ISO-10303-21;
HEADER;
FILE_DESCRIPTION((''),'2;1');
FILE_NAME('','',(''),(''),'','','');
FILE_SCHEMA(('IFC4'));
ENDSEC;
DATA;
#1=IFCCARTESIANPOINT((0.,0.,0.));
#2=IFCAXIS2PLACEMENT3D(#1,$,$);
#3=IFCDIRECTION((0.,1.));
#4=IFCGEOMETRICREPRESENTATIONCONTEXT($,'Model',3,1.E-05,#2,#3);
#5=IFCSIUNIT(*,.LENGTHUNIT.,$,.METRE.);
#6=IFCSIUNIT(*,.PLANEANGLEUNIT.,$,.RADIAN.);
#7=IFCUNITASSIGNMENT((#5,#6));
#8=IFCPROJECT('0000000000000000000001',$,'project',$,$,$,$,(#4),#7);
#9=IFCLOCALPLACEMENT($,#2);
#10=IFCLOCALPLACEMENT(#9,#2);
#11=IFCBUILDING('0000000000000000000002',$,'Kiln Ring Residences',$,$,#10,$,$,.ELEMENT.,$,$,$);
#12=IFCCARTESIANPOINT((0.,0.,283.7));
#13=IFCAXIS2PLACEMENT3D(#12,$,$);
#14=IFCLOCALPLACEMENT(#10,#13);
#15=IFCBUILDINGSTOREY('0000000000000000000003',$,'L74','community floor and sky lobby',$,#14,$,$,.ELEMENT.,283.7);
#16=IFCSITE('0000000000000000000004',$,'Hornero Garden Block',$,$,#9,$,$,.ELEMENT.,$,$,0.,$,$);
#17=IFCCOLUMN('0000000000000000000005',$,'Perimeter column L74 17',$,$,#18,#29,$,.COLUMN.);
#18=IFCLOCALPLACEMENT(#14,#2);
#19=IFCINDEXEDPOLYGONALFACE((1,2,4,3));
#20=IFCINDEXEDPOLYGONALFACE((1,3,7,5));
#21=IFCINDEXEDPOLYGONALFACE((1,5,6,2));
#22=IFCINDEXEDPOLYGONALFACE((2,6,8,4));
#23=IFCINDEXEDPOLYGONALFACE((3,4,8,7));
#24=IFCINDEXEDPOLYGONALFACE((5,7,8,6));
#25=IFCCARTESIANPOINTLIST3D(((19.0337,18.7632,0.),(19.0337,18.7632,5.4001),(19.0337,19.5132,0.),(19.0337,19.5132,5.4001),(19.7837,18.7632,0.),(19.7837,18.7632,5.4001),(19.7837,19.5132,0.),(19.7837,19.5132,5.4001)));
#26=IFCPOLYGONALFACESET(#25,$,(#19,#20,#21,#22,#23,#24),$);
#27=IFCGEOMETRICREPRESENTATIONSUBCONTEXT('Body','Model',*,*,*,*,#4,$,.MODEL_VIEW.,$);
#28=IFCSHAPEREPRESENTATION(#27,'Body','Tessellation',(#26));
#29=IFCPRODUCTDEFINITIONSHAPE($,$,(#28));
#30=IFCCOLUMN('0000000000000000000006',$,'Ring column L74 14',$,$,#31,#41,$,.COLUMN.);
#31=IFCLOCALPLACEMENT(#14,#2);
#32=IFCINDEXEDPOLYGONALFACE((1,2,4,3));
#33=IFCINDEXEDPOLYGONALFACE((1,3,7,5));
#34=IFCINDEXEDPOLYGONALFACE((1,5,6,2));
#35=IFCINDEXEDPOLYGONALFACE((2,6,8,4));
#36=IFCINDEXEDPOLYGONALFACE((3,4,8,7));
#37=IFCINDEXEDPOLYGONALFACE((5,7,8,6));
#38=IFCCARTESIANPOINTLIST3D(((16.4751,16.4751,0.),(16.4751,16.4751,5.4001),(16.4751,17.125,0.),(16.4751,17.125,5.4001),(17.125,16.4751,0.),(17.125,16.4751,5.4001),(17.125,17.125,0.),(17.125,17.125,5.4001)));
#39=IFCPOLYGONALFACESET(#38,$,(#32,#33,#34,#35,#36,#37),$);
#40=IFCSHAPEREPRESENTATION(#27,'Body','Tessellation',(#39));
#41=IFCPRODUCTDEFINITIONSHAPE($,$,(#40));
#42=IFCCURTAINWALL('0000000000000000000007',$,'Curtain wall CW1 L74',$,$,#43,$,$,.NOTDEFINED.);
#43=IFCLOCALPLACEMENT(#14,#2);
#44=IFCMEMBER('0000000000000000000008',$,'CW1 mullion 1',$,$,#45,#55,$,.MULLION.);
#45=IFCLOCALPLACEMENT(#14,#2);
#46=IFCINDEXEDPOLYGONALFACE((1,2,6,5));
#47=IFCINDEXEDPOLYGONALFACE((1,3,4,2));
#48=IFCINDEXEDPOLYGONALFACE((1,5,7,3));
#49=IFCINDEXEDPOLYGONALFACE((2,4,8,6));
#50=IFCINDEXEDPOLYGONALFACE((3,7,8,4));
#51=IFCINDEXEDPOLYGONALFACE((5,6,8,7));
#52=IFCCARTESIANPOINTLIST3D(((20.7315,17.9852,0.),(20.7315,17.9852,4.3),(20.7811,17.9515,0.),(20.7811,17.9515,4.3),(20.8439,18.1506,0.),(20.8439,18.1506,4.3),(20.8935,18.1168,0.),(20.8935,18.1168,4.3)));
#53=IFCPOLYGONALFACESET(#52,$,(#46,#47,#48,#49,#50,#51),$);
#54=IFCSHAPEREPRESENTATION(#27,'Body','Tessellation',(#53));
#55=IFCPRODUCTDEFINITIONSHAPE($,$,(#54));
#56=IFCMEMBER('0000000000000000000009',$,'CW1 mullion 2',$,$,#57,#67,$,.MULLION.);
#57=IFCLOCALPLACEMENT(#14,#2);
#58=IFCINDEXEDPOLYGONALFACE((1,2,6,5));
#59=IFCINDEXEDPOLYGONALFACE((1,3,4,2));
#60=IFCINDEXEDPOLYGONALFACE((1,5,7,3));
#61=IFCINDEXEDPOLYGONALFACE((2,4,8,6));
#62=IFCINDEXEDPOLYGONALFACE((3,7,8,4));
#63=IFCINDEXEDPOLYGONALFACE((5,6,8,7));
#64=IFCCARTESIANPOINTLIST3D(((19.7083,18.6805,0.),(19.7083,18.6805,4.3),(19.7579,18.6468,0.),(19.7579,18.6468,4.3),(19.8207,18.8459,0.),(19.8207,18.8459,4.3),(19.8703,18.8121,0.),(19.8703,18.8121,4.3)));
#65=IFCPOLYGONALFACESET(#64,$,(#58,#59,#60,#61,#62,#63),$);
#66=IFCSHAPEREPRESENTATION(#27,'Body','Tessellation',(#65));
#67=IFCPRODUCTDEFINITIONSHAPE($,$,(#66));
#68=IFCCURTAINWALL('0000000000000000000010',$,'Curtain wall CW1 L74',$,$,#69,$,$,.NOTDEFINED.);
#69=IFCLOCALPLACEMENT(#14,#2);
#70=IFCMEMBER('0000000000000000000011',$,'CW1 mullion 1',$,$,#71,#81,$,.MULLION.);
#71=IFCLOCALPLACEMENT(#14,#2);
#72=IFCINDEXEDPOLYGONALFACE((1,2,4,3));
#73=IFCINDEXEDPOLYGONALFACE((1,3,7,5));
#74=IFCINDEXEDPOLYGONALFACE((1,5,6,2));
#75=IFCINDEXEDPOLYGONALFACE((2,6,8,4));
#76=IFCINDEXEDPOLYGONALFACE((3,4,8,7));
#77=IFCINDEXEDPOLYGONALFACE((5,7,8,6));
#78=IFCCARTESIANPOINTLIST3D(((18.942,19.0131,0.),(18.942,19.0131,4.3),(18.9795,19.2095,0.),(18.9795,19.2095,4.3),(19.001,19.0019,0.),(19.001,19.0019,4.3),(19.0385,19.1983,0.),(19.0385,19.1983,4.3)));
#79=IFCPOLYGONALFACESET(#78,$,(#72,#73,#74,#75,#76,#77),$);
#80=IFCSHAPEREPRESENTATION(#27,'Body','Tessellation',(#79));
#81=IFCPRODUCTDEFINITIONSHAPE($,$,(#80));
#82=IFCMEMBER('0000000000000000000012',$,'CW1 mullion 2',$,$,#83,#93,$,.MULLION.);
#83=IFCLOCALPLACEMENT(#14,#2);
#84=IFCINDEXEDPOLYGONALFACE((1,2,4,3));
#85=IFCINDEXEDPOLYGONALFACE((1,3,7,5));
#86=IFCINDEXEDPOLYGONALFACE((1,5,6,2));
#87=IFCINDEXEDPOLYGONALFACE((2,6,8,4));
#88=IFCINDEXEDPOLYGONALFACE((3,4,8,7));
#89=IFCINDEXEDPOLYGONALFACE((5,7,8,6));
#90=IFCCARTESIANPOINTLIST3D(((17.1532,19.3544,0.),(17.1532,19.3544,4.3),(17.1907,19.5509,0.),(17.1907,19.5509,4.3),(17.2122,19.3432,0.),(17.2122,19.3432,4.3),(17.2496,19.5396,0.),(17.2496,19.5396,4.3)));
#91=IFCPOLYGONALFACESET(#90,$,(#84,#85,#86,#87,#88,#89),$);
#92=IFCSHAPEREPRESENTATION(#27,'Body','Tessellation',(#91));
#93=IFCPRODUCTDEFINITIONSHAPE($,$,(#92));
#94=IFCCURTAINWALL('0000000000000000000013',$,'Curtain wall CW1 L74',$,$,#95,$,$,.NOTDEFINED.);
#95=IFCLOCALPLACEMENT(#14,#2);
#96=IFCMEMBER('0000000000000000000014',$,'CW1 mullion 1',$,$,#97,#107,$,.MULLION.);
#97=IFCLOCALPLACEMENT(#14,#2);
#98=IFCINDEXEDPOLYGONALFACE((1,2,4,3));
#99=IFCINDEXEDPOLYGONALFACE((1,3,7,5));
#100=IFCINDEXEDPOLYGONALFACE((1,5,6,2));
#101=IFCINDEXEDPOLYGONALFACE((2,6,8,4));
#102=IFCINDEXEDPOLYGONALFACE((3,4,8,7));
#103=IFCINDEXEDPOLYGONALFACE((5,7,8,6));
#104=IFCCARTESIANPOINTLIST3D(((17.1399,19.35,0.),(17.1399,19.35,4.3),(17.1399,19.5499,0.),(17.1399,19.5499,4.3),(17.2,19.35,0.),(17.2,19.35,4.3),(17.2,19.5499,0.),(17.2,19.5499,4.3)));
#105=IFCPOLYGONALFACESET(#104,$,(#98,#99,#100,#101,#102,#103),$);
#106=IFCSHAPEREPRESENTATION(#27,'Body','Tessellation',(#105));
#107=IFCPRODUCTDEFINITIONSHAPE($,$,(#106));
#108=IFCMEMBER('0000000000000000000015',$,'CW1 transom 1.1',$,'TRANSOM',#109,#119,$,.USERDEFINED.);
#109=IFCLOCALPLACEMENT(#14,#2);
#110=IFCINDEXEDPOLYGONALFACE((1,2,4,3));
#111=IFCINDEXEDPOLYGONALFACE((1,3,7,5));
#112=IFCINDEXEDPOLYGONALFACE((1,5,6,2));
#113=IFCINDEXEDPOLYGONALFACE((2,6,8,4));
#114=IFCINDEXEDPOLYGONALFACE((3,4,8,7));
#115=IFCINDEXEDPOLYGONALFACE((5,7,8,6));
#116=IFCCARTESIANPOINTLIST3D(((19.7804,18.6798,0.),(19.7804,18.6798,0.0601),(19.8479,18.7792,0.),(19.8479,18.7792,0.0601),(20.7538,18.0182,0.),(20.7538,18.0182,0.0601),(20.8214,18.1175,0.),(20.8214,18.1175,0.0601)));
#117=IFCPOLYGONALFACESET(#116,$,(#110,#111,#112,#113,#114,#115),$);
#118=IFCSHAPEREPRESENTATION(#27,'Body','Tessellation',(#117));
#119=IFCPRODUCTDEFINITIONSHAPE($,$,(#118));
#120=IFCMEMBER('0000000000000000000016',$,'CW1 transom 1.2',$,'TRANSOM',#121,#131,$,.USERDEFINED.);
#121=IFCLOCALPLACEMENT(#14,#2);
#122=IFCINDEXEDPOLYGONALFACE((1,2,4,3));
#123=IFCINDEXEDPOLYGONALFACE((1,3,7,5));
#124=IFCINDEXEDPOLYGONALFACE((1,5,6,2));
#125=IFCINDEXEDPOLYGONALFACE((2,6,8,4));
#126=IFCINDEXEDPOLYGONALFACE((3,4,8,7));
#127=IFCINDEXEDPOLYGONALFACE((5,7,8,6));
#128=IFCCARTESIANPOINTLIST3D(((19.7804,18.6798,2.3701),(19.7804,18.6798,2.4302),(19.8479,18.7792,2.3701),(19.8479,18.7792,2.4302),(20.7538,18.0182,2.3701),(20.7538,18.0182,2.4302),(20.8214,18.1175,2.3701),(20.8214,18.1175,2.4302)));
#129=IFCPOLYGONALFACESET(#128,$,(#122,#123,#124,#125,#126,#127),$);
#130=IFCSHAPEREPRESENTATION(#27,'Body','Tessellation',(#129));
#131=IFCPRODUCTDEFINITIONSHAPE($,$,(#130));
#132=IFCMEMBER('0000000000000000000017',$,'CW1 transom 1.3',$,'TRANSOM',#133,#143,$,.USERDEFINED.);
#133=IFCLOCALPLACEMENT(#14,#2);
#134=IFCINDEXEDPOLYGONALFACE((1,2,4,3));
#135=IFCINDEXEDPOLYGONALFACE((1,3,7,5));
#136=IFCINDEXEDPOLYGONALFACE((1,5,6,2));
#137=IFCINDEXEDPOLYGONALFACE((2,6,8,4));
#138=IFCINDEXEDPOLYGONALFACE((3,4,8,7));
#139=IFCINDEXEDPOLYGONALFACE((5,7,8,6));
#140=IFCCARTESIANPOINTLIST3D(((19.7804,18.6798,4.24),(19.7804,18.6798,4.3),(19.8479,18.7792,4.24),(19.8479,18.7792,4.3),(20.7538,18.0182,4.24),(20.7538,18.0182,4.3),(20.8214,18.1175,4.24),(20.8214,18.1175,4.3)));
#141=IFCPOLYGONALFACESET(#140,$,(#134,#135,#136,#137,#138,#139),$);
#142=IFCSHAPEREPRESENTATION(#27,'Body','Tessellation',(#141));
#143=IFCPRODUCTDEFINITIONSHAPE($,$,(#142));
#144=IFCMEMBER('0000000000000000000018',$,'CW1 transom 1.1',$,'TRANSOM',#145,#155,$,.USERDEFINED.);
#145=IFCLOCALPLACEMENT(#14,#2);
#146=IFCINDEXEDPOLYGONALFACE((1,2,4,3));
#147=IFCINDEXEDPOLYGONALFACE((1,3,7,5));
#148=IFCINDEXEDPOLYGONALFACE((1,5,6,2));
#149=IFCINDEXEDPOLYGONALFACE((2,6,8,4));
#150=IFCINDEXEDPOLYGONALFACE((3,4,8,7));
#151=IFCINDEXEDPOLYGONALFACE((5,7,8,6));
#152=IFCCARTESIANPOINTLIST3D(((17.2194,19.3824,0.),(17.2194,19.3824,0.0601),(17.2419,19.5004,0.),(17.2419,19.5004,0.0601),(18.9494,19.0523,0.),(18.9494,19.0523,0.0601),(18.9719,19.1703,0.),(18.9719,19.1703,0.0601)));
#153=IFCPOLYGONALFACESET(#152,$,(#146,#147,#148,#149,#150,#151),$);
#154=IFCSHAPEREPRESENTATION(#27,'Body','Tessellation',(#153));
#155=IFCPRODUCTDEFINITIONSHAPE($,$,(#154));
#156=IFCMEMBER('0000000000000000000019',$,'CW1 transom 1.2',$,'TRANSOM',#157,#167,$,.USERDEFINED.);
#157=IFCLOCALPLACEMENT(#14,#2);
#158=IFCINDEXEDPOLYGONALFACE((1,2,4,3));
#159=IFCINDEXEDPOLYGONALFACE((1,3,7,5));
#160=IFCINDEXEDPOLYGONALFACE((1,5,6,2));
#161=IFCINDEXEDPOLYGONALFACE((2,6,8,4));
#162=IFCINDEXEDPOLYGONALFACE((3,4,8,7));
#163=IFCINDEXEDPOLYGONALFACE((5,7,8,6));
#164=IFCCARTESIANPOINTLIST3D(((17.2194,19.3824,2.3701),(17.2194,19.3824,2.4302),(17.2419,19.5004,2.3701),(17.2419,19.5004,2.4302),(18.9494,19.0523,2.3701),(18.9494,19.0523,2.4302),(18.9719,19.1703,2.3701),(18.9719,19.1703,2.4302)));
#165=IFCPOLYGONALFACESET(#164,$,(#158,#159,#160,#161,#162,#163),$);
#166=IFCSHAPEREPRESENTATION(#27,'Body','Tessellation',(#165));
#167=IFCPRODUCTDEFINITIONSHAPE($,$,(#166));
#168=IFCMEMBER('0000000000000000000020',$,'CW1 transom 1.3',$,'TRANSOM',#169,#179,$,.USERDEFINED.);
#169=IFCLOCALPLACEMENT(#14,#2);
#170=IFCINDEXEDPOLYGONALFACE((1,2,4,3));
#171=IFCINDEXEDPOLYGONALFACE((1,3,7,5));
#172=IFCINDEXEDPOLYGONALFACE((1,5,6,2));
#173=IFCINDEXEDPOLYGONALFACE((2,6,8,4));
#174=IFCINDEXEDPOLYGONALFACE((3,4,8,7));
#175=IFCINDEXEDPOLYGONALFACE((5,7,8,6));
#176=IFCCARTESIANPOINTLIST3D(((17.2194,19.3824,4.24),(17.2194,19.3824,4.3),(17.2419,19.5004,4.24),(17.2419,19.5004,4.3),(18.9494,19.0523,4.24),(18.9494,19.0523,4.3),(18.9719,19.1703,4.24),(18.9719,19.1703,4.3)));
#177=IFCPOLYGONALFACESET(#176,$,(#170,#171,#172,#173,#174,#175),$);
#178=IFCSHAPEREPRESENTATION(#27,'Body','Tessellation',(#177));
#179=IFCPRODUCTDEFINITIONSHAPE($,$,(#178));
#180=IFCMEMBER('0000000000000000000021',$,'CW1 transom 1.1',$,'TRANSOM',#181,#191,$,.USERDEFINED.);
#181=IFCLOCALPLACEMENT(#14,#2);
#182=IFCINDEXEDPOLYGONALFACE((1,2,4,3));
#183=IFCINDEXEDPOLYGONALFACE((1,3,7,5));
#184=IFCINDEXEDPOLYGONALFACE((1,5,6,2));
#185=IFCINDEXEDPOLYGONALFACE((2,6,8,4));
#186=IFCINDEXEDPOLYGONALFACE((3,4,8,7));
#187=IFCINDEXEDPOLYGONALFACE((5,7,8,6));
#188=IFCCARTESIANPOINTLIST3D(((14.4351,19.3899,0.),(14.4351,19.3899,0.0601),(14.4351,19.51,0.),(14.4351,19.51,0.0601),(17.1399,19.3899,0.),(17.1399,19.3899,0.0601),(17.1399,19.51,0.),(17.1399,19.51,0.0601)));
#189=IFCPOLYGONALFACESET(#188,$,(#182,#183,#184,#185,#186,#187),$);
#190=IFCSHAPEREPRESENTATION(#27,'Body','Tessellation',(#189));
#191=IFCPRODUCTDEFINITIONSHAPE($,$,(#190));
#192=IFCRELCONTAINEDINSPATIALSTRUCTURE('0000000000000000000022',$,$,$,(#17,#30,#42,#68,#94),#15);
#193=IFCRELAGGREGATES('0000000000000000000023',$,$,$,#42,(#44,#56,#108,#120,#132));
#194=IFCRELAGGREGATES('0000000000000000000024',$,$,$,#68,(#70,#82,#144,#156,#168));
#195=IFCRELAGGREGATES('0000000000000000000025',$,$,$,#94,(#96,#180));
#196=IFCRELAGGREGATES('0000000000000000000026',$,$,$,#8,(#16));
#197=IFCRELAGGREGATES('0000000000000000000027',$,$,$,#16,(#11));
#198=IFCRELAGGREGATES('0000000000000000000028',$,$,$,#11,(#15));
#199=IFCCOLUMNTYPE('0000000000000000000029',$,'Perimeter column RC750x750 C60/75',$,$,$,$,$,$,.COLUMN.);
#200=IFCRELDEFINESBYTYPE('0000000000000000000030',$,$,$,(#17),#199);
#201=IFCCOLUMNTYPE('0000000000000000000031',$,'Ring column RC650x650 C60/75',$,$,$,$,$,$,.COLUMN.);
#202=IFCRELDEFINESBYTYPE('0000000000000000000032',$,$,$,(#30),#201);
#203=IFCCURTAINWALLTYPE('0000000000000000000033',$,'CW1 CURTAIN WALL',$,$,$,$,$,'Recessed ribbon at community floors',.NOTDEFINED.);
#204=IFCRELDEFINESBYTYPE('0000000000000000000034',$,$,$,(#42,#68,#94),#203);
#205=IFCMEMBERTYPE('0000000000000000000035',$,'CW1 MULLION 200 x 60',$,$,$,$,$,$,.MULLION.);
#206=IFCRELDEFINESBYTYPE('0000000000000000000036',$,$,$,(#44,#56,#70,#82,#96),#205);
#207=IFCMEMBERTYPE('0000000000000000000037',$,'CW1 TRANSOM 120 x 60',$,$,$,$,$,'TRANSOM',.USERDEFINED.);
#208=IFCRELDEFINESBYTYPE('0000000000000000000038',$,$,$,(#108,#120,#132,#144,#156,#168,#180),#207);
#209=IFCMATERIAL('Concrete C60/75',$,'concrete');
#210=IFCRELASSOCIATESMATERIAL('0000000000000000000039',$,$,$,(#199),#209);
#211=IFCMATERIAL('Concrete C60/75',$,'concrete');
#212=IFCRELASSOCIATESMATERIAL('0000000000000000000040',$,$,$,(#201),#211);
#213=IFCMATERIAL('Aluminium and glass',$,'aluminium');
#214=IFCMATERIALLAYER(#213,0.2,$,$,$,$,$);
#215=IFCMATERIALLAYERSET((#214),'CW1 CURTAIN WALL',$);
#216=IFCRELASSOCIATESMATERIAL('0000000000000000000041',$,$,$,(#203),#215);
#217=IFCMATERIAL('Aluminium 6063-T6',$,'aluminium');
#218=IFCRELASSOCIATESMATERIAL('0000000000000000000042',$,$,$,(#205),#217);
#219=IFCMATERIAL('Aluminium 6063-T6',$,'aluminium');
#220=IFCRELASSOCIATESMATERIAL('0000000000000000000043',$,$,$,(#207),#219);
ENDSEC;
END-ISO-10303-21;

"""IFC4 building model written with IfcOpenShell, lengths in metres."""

from ifc_helpers import new_model, si_unit, direction, frame, origin, origin_2d, place, context, subcontext, project, spatial, rectangle, extrude, material, layer, layer_set, material_profile, profile_set, type_object, element, aggregate, save


model = new_model("IFC4")

# Units and contexts
model_context = context("Model", 3, precision=1e-05, world=origin(), true_north=direction((0.0, 1.0)))
body_context = subcontext(model_context, "Body", "Model", "MODEL_VIEW")
ifc_project = project(units=[si_unit("LENGTHUNIT", "METRE"), si_unit("PLANEANGLEUNIT", "RADIAN")], contexts=[model_context])

# Site, building, storey
site_placement = place(None, origin())
site = spatial("IfcSite", under=ifc_project, at=site_placement, Name="Hornero Garden Block", CompositionType="ELEMENT", RefElevation=0.0)
building_placement = place(site_placement, origin())
building = spatial("IfcBuilding", under=site, at=building_placement, Name="Kiln Ring Residences", CompositionType="ELEMENT")
storey_placement = place(building_placement, frame((0.0, 0.0, 283.7)))
storey = spatial("IfcBuildingStorey", under=building, at=storey_placement, Name="L74", Description="community floor and sky lobby", CompositionType="ELEMENT", Elevation=283.7)

# Columns
ifc_material_1 = material(Name="Concrete C60/75", Category="concrete")
ifc_material_profile_1 = material_profile(ifc_material_1, rectangle(XDim=0.75, YDim=0.75, at=origin_2d()), Name="RC750x750")
ifc_profile_set_1 = profile_set([ifc_material_profile_1], Name="Concrete C60/75")
column_type_1 = type_object("IfcColumnType", Name="Perimeter column RC750x750 C60/75", PredefinedType="COLUMN", material=ifc_profile_set_1)
column_1_placement = place(storey_placement, frame((19.4087, 19.1382, 0.0), z_axis=(0.0, 0.0, 1.0), x_axis=(1.0, 0.0, 0.0)))
element("IfcColumn", 1, at=column_1_placement, inside=storey, type_object=column_type_1, Name="Perimeter column L74 17", PredefinedType="COLUMN", context=body_context, shape_type="SweptSolid", body=[
    extrude(rectangle(XDim=0.75, YDim=0.75, at=origin_2d()), origin(), (0.0, 0.0, 1.0), 5.4001),
])
ifc_material_2 = material(Name="Concrete C60/75", Category="concrete")
ifc_material_profile_2 = material_profile(ifc_material_2, rectangle(XDim=0.6499, YDim=0.6499, at=origin_2d()), Name="RC650x650")
ifc_profile_set_2 = profile_set([ifc_material_profile_2], Name="Concrete C60/75")
column_type_2 = type_object("IfcColumnType", Name="Ring column RC650x650 C60/75", PredefinedType="COLUMN", material=ifc_profile_set_2)
column_2_placement = place(storey_placement, frame((16.8, 16.8, 0.0), z_axis=(0.0, 0.0, 1.0), x_axis=(1.0, 0.0, 0.0)))
element("IfcColumn", 2, at=column_2_placement, inside=storey, type_object=column_type_2, Name="Ring column L74 14", PredefinedType="COLUMN", context=body_context, shape_type="SweptSolid", body=[
    extrude(rectangle(XDim=0.6499, YDim=0.6499, at=origin_2d()), origin(), (0.0, 0.0, 1.0), 5.4001),
])

# Curtain walls, members
ifc_material_3 = material(Name="Aluminium and glass", Category="aluminium")
ifc_layer_1 = layer(ifc_material_3, 0.2)
ifc_layer_set_1 = layer_set([ifc_layer_1], Name="CW1 CURTAIN WALL")
curtain_wall_type = type_object("IfcCurtainWallType", Name="CW1 CURTAIN WALL", ElementType="Recessed ribbon at community floors", PredefinedType="NOTDEFINED", material=ifc_layer_set_1)
placement = place(storey_placement, origin())
curtain_wall_1 = element("IfcCurtainWall", 3, at=placement, inside=storey, type_object=curtain_wall_type, Name="Curtain wall CW1 L74", PredefinedType="NOTDEFINED")
ifc_material_4 = material(Name="Aluminium 6063-T6", Category="aluminium")
ifc_material_profile_3 = material_profile(ifc_material_4, rectangle(XDim=0.2, YDim=0.0601, at=origin_2d()), Name="AL 200x60")
ifc_profile_set_3 = profile_set([ifc_material_profile_3], Name="Aluminium 6063-T6")
member_type_1 = type_object("IfcMemberType", Name="CW1 MULLION 200 x 60", PredefinedType="MULLION", material=ifc_profile_set_3)
member_1_placement = place(storey_placement, frame((20.8125, 18.051, 0.0), z_axis=(0.0, 0.0, 1.0), x_axis=(-0.562097, -0.827072, 0.0)))
member_1 = element("IfcMember", 4, at=member_1_placement, type_object=member_type_1, Name="CW1 mullion 1", PredefinedType="MULLION", context=body_context, shape_type="SweptSolid", body=[
    extrude(rectangle(XDim=0.2, YDim=0.0601, at=origin_2d()), origin(), (0.0, 0.0, 1.0), 4.3),
])
member_2_placement = place(storey_placement, frame((19.7893, 18.7463, 0.0), z_axis=(0.0, 0.0, 1.0), x_axis=(-0.562097, -0.827072, 0.0)))
member_2 = element("IfcMember", 5, at=member_2_placement, type_object=member_type_1, Name="CW1 mullion 2", PredefinedType="MULLION", context=body_context, shape_type="SweptSolid", body=[
    extrude(rectangle(XDim=0.2, YDim=0.0601, at=origin_2d()), origin(), (0.0, 0.0, 1.0), 4.3),
])
curtain_wall_2 = element("IfcCurtainWall", 6, at=placement, inside=storey, type_object=curtain_wall_type, Name="Curtain wall CW1 L74", PredefinedType="NOTDEFINED")
member_3_placement = place(storey_placement, frame((18.9902, 19.1057, 0.0), z_axis=(0.0, 0.0, 1.0), x_axis=(-0.187366, -0.98229, 0.0)))
member_3 = element("IfcMember", 7, at=member_3_placement, type_object=member_type_1, Name="CW1 mullion 1", PredefinedType="MULLION", context=body_context, shape_type="SweptSolid", body=[
    extrude(rectangle(XDim=0.2, YDim=0.0601, at=origin_2d()), origin(), (0.0, 0.0, 1.0), 4.3),
])
member_4_placement = place(storey_placement, frame((17.2014, 19.447, 0.0), z_axis=(0.0, 0.0, 1.0), x_axis=(-0.187366, -0.98229, 0.0)))
member_4 = element("IfcMember", 8, at=member_4_placement, type_object=member_type_1, Name="CW1 mullion 2", PredefinedType="MULLION", context=body_context, shape_type="SweptSolid", body=[
    extrude(rectangle(XDim=0.2, YDim=0.0601, at=origin_2d()), origin(), (0.0, 0.0, 1.0), 4.3),
])

# Curtain wall, member
curtain_wall_3 = element("IfcCurtainWall", 9, at=placement, inside=storey, type_object=curtain_wall_type, Name="Curtain wall CW1 L74", PredefinedType="NOTDEFINED")
member_5_placement = place(storey_placement, frame((17.1699, 19.45, 0.0), z_axis=(0.0, 0.0, 1.0), x_axis=(0.0, -1.0, 0.0)))
member_5 = element("IfcMember", 10, at=member_5_placement, type_object=member_type_1, Name="CW1 mullion 1", PredefinedType="MULLION", context=body_context, shape_type="SweptSolid", body=[
    extrude(rectangle(XDim=0.2, YDim=0.0601, at=origin_2d()), origin(), (0.0, 0.0, 1.0), 4.3),
])

# Members
ifc_material_5 = material(Name="Aluminium 6063-T6", Category="aluminium")
ifc_material_profile_4 = material_profile(ifc_material_5, rectangle(XDim=0.1201, YDim=0.0601, at=origin_2d()), Name="AL 120x60")
ifc_profile_set_4 = profile_set([ifc_material_profile_4], Name="Aluminium 6063-T6")
member_type_2 = type_object("IfcMemberType", Name="CW1 TRANSOM 120 x 60", ElementType="TRANSOM", PredefinedType="USERDEFINED", material=ifc_profile_set_4)
member_6_placement = place(storey_placement, frame((20.7876, 18.0679, 0.03), z_axis=(-0.827038, 0.562145, 0.0), x_axis=(-0.562145, -0.827038, 0.0)))
member_6 = element("IfcMember", 11, at=member_6_placement, type_object=member_type_2, Name="CW1 transom 1.1", ObjectType="TRANSOM", PredefinedType="USERDEFINED", context=body_context, shape_type="SweptSolid", body=[
    extrude(rectangle(XDim=0.1201, YDim=0.0601, at=origin_2d()), origin(), (0.0, 0.0, 1.0), 1.177),
])
member_7_placement = place(storey_placement, frame((20.7876, 18.0679, 2.4001), z_axis=(-0.827038, 0.562145, 0.0), x_axis=(-0.562145, -0.827038, 0.0)))
member_7 = element("IfcMember", 12, at=member_7_placement, type_object=member_type_2, Name="CW1 transom 1.2", ObjectType="TRANSOM", PredefinedType="USERDEFINED", context=body_context, shape_type="SweptSolid", body=[
    extrude(rectangle(XDim=0.1201, YDim=0.0601, at=origin_2d()), origin(), (0.0, 0.0, 1.0), 1.177),
])
member_8_placement = place(storey_placement, frame((20.7876, 18.0679, 4.27), z_axis=(-0.827038, 0.562145, 0.0), x_axis=(-0.562145, -0.827038, 0.0)))
member_8 = element("IfcMember", 13, at=member_8_placement, type_object=member_type_2, Name="CW1 transom 1.3", ObjectType="TRANSOM", PredefinedType="USERDEFINED", context=body_context, shape_type="SweptSolid", body=[
    extrude(rectangle(XDim=0.1201, YDim=0.0601, at=origin_2d()), origin(), (0.0, 0.0, 1.0), 1.177),
])
member_9_placement = place(storey_placement, frame((18.9607, 19.1113, 0.03), z_axis=(-0.98228, 0.187418, 0.0), x_axis=(-0.187418, -0.98228, 0.0)))
member_9 = element("IfcMember", 14, at=member_9_placement, type_object=member_type_2, Name="CW1 transom 1.1", ObjectType="TRANSOM", PredefinedType="USERDEFINED", context=body_context, shape_type="SweptSolid", body=[
    extrude(rectangle(XDim=0.1201, YDim=0.0601, at=origin_2d()), origin(), (0.0, 0.0, 1.0), 1.7612),
])
member_10_placement = place(storey_placement, frame((18.9607, 19.1113, 2.4001), z_axis=(-0.98228, 0.187418, 0.0), x_axis=(-0.187418, -0.98228, 0.0)))
member_10 = element("IfcMember", 15, at=member_10_placement, type_object=member_type_2, Name="CW1 transom 1.2", ObjectType="TRANSOM", PredefinedType="USERDEFINED", context=body_context, shape_type="SweptSolid", body=[
    extrude(rectangle(XDim=0.1201, YDim=0.0601, at=origin_2d()), origin(), (0.0, 0.0, 1.0), 1.7612),
])
member_11_placement = place(storey_placement, frame((18.9607, 19.1113, 4.27), z_axis=(-0.98228, 0.187418, 0.0), x_axis=(-0.187418, -0.98228, 0.0)))
member_11 = element("IfcMember", 16, at=member_11_placement, type_object=member_type_2, Name="CW1 transom 1.3", ObjectType="TRANSOM", PredefinedType="USERDEFINED", context=body_context, shape_type="SweptSolid", body=[
    extrude(rectangle(XDim=0.1201, YDim=0.0601, at=origin_2d()), origin(), (0.0, 0.0, 1.0), 1.7612),
])
member_12_placement = place(storey_placement, frame((17.1399, 19.45, 0.03), z_axis=(-1.0, 0.0, 0.0), x_axis=(0.0, -1.0, 0.0)))
member_12 = element("IfcMember", 17, at=member_12_placement, type_object=member_type_2, Name="CW1 transom 1.1", ObjectType="TRANSOM", PredefinedType="USERDEFINED", context=body_context, shape_type="SweptSolid", body=[
    extrude(rectangle(XDim=0.1201, YDim=0.0601, at=origin_2d()), origin(), (0.0, 0.0, 1.0), 2.7048),
])

aggregate(curtain_wall_1, [member_1, member_2, member_6, member_7, member_8])
aggregate(curtain_wall_2, [member_3, member_4, member_9, member_10, member_11])
aggregate(curtain_wall_3, [member_5, member_12])

save(model, "model.ifc")
